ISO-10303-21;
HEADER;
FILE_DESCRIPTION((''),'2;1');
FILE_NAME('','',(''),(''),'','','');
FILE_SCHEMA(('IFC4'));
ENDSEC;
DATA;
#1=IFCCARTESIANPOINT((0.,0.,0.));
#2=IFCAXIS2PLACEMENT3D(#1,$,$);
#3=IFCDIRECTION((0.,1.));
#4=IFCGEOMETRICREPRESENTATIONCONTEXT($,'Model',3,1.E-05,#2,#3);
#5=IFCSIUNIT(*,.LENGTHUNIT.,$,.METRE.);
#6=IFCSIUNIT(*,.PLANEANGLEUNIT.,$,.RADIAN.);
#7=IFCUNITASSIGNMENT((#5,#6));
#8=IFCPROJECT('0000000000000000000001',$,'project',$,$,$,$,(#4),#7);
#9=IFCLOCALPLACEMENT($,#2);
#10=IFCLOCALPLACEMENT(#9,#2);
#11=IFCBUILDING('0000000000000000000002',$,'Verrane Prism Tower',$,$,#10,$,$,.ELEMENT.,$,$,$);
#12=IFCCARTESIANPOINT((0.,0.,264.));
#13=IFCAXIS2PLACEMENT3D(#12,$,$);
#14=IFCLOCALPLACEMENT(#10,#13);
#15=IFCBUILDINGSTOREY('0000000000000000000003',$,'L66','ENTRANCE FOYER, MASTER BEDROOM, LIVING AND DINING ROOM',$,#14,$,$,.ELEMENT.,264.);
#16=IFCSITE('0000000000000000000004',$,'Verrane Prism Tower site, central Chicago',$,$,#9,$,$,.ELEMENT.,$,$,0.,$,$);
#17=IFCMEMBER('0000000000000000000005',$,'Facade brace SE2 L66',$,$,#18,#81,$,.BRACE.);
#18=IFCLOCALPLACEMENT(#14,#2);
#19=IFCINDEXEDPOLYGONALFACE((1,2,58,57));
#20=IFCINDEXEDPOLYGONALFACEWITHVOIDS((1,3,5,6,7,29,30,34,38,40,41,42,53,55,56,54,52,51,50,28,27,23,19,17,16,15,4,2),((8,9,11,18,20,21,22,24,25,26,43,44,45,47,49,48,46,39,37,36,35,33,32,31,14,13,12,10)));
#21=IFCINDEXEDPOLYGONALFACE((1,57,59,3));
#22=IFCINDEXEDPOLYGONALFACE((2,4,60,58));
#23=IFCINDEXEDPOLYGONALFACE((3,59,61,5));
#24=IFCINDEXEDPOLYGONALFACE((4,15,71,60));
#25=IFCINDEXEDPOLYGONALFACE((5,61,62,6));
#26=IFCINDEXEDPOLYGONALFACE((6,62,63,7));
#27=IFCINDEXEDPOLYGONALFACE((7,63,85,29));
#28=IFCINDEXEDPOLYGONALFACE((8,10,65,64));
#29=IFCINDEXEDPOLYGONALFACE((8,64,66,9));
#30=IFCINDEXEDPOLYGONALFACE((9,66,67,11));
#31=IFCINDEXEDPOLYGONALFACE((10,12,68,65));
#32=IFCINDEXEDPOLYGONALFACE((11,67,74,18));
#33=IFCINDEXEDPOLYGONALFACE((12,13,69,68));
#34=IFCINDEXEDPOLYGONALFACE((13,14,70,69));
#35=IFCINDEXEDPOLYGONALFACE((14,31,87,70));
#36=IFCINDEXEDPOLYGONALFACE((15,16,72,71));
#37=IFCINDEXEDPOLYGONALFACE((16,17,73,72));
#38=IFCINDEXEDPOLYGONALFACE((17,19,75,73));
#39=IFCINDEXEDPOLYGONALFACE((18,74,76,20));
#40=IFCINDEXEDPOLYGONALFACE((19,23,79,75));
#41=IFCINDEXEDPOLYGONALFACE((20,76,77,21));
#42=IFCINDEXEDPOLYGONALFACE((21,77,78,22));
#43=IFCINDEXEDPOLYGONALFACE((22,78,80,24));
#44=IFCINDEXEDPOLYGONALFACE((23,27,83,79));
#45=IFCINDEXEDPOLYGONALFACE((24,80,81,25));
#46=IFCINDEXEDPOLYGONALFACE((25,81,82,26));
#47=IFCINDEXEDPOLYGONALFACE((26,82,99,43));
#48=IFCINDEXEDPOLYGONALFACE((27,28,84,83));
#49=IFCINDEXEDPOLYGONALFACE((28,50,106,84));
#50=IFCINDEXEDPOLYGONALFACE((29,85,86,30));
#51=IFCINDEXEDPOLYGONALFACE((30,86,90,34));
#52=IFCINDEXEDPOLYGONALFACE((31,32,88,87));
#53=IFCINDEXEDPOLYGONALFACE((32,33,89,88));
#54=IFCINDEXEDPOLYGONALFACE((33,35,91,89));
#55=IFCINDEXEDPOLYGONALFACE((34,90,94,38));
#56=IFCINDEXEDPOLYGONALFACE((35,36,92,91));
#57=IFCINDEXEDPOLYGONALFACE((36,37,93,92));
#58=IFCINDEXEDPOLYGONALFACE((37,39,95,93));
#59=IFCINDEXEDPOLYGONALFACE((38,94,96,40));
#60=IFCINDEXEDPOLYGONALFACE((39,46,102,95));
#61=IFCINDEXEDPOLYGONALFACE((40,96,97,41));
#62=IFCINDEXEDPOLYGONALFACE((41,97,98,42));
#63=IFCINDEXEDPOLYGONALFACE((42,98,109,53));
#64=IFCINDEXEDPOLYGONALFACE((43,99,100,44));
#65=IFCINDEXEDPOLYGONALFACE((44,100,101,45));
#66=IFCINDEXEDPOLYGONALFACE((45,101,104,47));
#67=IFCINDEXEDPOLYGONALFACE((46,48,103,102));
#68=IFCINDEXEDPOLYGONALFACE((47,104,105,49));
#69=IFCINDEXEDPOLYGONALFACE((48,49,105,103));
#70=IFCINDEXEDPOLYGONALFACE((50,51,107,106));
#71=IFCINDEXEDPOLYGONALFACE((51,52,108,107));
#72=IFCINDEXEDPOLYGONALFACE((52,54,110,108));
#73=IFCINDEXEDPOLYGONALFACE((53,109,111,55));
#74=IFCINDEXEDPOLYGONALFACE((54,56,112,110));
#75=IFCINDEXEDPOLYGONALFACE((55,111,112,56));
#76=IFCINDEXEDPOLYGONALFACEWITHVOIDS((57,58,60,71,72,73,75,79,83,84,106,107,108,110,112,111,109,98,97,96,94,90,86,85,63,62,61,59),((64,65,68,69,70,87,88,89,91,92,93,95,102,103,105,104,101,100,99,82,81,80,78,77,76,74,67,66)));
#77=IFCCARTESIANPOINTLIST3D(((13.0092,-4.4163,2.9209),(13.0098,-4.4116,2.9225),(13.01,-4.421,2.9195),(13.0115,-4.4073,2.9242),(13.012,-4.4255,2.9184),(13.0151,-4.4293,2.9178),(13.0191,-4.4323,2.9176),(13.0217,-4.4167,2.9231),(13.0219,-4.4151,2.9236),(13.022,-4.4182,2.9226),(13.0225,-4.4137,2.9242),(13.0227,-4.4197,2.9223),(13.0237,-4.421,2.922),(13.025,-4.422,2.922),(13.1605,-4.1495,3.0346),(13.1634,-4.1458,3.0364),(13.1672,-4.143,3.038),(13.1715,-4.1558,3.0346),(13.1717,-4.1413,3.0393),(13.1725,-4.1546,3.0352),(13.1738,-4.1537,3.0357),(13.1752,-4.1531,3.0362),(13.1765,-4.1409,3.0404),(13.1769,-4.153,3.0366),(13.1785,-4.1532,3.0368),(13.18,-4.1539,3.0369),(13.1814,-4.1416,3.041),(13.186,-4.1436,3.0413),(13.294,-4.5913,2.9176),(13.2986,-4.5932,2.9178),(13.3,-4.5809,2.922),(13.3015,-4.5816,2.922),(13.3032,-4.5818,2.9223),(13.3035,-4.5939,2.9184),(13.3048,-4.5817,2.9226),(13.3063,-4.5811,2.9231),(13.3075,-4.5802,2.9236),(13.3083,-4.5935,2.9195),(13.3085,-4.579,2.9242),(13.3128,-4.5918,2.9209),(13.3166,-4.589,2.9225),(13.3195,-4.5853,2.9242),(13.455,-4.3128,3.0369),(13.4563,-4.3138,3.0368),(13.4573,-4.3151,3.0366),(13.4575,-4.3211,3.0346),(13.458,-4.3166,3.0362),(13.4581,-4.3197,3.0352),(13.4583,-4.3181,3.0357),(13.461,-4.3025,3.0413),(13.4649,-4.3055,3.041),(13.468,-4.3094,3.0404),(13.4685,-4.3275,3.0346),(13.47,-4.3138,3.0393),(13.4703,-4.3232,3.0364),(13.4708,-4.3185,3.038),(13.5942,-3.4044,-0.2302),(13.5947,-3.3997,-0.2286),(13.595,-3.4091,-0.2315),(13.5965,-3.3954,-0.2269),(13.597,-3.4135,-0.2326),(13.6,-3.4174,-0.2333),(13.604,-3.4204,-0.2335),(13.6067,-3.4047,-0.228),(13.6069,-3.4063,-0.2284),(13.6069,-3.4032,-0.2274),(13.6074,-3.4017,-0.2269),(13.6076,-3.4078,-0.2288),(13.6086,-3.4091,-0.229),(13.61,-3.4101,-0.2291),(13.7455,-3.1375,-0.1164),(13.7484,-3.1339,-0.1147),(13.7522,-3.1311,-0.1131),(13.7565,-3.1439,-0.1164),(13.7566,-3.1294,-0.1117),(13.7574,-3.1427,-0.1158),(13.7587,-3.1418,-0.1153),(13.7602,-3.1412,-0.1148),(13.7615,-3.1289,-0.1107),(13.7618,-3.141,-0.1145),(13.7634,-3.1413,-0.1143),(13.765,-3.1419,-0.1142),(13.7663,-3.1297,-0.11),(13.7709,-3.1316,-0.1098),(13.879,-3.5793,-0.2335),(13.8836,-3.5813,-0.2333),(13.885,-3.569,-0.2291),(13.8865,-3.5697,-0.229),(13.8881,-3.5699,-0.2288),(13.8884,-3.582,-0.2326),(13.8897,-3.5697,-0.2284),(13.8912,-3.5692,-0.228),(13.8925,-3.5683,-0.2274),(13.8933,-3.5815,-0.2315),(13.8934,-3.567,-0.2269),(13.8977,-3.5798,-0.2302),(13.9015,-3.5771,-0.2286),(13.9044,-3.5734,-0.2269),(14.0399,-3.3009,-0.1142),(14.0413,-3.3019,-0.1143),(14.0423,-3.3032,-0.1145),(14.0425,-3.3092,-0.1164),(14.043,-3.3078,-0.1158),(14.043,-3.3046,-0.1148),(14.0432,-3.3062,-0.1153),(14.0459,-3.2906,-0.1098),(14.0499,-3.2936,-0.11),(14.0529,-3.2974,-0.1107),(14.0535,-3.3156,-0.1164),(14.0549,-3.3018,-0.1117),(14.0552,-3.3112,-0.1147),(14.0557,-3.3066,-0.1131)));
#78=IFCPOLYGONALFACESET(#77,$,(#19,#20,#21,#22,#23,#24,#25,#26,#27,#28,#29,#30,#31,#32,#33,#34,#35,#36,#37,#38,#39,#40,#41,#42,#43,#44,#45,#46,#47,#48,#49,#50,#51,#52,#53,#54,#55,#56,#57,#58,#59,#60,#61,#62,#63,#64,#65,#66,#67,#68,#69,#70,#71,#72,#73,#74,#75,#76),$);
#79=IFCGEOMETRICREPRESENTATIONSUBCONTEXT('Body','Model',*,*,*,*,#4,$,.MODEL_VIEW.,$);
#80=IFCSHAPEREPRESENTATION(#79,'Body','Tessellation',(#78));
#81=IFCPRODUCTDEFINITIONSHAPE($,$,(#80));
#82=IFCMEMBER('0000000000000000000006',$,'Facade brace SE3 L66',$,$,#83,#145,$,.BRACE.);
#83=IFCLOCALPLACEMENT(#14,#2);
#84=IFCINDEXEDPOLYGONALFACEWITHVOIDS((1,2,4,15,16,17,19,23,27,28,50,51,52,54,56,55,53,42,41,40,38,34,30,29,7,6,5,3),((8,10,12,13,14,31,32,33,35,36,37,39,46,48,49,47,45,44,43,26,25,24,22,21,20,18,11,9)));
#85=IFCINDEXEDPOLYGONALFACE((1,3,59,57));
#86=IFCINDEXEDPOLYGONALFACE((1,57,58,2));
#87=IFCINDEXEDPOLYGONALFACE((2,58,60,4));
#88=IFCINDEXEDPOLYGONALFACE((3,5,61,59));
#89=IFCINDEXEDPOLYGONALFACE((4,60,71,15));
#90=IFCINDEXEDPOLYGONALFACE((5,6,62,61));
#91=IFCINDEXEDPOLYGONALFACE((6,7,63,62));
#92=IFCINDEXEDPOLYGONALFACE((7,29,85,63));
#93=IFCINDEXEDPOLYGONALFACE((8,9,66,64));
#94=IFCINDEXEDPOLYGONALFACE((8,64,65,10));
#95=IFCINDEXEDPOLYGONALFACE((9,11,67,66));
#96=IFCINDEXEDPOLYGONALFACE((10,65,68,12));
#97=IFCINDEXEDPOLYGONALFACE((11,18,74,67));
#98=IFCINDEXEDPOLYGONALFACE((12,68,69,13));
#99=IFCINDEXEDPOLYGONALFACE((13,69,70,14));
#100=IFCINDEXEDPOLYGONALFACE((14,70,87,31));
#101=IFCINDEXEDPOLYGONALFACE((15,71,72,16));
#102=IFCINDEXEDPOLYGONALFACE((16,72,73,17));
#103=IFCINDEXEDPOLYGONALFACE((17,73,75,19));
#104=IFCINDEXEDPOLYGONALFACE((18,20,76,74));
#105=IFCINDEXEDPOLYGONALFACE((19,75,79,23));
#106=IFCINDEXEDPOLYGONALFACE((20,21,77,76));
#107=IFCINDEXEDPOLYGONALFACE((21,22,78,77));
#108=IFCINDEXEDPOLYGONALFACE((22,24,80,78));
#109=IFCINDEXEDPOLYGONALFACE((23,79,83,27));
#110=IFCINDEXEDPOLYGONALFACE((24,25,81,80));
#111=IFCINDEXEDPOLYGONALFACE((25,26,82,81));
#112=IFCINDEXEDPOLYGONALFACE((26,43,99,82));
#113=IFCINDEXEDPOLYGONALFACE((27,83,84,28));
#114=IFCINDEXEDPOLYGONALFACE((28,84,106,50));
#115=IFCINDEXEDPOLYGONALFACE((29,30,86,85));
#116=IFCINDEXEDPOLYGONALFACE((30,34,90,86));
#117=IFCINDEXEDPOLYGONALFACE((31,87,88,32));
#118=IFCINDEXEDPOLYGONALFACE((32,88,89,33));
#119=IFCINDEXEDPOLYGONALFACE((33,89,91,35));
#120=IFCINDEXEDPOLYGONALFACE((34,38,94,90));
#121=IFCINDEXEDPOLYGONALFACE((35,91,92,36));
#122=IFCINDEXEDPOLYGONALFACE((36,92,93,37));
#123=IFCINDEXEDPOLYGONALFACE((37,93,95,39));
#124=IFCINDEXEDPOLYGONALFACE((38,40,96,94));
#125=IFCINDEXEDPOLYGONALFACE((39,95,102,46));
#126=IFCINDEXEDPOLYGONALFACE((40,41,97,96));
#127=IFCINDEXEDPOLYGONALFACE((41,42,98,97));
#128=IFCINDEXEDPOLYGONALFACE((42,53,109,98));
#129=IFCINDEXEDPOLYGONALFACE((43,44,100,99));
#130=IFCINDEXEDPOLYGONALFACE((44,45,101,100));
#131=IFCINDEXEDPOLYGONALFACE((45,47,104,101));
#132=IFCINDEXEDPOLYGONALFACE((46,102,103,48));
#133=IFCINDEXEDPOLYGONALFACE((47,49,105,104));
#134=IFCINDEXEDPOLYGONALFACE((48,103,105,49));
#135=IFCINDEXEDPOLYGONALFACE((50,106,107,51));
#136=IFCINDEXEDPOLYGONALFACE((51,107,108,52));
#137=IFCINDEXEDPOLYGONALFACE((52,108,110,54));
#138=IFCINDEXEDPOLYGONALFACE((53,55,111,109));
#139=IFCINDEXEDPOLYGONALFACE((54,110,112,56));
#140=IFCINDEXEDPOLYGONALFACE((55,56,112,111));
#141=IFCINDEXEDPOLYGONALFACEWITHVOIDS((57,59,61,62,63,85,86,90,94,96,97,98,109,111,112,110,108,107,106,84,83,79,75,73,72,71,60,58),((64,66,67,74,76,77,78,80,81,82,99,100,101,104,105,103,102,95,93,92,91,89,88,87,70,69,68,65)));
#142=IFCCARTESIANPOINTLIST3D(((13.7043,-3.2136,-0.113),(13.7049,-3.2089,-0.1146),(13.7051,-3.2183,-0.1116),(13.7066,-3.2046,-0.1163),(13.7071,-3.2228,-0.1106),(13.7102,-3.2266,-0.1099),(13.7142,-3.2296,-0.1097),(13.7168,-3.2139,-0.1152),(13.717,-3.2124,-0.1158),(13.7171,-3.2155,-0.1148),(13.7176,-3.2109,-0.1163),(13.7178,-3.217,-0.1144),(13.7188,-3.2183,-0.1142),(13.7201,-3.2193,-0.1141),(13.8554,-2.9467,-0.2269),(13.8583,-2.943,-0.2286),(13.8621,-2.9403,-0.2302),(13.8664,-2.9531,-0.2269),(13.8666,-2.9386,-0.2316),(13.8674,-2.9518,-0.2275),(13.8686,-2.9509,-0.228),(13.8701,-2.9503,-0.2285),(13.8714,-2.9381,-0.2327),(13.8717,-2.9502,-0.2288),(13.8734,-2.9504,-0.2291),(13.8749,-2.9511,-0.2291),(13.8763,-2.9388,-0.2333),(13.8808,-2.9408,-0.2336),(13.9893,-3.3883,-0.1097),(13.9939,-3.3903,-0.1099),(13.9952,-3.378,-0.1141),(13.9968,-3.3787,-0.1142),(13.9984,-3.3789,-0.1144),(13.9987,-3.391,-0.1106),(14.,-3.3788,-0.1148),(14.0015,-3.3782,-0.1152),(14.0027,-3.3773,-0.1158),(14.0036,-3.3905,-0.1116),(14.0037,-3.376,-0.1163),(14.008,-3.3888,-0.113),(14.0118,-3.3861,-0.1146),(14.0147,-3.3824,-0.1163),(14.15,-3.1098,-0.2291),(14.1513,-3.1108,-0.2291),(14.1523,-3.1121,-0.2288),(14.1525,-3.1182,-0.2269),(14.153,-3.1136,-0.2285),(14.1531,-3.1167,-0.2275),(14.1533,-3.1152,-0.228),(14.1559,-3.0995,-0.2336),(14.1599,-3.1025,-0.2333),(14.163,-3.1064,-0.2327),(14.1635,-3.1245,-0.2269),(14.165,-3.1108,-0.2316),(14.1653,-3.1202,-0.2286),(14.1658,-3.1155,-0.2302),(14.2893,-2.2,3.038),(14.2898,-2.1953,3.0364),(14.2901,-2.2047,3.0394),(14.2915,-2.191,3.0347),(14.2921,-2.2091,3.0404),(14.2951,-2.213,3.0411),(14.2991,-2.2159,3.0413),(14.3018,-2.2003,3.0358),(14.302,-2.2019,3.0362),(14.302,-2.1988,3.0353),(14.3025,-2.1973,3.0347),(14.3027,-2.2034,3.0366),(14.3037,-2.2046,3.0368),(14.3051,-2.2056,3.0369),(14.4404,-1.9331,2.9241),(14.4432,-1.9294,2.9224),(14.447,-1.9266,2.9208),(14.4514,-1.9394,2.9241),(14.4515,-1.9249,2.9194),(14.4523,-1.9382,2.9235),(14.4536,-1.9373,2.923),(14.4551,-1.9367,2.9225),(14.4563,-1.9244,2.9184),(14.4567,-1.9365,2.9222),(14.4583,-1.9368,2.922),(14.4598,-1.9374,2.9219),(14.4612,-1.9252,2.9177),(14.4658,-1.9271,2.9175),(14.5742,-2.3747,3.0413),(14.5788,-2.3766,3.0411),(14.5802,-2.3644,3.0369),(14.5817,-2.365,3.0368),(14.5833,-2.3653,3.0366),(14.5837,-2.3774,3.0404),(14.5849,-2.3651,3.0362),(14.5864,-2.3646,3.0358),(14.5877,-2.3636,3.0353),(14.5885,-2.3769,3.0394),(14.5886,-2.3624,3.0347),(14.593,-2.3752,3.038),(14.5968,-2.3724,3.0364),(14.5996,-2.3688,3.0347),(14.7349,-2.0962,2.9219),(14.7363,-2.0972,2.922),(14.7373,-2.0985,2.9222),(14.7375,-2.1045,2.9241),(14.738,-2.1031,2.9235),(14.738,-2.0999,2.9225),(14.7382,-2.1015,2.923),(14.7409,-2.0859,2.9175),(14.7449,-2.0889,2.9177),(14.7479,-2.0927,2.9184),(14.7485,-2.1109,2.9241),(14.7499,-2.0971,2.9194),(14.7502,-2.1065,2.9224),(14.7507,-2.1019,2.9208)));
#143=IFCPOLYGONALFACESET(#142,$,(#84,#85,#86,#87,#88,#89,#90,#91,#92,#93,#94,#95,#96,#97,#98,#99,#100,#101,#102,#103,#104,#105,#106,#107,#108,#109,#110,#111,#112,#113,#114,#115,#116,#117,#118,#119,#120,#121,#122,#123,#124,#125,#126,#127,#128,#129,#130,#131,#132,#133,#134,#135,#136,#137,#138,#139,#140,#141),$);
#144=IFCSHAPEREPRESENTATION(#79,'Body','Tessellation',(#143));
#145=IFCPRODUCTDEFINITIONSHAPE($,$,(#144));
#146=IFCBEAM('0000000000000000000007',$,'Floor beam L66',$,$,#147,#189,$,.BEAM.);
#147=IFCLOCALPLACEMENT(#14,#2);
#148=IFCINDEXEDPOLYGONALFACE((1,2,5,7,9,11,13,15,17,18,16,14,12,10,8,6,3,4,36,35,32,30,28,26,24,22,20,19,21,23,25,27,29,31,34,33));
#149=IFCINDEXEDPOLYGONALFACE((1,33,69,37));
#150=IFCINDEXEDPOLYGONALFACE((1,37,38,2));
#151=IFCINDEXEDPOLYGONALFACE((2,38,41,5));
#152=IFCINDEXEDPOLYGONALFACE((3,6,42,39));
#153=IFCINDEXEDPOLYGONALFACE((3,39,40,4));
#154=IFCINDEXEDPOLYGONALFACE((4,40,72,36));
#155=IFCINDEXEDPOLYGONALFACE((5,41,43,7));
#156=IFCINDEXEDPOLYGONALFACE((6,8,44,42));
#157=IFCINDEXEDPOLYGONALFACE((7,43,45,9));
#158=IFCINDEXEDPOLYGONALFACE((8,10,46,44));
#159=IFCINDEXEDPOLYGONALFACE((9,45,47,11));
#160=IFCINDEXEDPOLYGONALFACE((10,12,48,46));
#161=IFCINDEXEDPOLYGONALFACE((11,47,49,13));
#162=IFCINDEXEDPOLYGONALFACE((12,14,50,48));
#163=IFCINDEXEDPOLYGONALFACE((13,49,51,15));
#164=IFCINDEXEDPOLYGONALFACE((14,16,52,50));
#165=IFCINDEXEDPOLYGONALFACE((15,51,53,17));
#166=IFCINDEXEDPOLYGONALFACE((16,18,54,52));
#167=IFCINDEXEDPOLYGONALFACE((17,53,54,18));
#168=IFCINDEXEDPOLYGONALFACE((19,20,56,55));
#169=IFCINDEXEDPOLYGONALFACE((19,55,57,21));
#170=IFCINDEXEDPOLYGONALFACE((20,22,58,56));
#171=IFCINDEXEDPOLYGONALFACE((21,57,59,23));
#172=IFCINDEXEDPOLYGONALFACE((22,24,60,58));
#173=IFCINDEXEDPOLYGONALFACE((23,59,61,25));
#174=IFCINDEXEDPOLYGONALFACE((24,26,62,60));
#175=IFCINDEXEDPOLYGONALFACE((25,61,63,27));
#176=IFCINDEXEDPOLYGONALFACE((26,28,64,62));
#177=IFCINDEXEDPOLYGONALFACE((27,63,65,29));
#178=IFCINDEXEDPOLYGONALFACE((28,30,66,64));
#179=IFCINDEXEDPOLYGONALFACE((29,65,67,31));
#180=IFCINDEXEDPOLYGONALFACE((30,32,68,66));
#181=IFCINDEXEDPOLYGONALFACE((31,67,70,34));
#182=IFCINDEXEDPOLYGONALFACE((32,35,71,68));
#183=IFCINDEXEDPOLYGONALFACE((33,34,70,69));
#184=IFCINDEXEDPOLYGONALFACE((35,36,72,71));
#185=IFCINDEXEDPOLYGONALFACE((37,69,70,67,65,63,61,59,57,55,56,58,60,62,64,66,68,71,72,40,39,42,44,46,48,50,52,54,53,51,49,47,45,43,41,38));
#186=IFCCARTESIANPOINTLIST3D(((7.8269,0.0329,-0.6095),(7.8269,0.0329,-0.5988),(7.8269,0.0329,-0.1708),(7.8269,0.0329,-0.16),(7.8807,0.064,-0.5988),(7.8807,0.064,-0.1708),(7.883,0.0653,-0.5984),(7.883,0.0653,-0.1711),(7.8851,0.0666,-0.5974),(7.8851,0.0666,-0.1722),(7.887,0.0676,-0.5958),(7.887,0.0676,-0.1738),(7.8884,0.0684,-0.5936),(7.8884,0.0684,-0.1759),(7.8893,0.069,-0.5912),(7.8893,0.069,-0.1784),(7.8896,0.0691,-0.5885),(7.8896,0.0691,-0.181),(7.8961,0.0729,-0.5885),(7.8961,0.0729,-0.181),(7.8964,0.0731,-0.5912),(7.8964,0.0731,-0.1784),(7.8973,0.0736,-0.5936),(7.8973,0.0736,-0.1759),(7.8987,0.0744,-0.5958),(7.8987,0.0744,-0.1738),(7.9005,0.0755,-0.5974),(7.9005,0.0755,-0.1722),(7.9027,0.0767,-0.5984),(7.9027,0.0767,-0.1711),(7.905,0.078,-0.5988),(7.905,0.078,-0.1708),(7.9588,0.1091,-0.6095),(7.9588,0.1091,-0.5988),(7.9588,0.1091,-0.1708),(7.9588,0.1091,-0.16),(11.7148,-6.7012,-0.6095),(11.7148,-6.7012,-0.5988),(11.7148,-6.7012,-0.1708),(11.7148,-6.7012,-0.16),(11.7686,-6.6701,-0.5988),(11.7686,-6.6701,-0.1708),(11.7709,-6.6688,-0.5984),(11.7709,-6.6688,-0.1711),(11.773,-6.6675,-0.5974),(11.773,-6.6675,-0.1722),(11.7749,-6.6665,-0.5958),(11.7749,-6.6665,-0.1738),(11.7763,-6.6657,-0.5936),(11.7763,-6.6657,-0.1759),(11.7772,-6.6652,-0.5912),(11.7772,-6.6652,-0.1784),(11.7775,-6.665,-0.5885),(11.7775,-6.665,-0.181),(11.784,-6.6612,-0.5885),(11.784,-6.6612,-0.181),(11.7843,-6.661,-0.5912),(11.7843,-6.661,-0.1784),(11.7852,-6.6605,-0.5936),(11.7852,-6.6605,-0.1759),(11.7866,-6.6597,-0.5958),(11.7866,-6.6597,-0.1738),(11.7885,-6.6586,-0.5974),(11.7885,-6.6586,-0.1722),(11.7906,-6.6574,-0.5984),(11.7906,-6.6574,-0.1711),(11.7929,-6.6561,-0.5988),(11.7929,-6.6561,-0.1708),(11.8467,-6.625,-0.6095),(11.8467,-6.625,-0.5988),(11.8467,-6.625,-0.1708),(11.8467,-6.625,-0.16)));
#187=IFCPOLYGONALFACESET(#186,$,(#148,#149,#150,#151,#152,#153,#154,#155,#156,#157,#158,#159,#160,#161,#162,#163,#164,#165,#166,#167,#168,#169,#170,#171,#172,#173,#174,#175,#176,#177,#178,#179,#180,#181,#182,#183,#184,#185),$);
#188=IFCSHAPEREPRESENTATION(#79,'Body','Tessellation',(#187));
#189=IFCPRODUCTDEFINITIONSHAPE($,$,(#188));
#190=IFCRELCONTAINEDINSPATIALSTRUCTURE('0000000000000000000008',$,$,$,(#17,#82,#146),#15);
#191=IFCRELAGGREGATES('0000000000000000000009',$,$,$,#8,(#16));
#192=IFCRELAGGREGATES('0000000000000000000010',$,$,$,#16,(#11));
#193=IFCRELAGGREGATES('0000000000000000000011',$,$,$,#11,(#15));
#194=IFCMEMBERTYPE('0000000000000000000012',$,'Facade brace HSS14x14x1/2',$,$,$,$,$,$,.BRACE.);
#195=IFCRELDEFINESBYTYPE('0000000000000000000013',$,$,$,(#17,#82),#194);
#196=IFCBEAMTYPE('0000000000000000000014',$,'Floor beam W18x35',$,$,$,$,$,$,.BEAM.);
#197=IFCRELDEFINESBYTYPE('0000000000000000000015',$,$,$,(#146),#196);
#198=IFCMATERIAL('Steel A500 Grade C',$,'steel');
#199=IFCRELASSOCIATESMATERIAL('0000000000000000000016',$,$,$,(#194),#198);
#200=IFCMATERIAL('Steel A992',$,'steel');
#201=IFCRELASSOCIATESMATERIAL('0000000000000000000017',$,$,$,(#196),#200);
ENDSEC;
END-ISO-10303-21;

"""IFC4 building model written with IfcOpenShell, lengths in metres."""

from ifc_helpers import new_model, si_unit, direction, frame, origin, origin_2d, place, context, subcontext, project, spatial, hollow_rectangle, i_section, extrude, material, material_profile, profile_set, type_object, element, save


model = new_model("IFC4")

# Units and contexts
model_context = context("Model", 3, precision=1e-05, world=origin(), true_north=direction((0.0, 1.0)))
body_context = subcontext(model_context, "Body", "Model", "MODEL_VIEW")
ifc_project = project(units=[si_unit("LENGTHUNIT", "METRE"), si_unit("PLANEANGLEUNIT", "RADIAN")], contexts=[model_context])

# Site, building, storey
site_placement = place(None, origin())
site = spatial("IfcSite", under=ifc_project, at=site_placement, Name="Verrane Prism Tower site, central Chicago", CompositionType="ELEMENT", RefElevation=0.0)
building_placement = place(site_placement, origin())
building = spatial("IfcBuilding", under=site, at=building_placement, Name="Verrane Prism Tower", CompositionType="ELEMENT")
storey_placement = place(building_placement, frame((0.0, 0.0, 264.0)))
storey = spatial("IfcBuildingStorey", under=building, at=storey_placement, Name="L66", Description="ENTRANCE FOYER, MASTER BEDROOM, LIVING AND DINING ROOM", CompositionType="ELEMENT", Elevation=264.0)

# Members
ifc_material_1 = material(Name="Steel A500 Grade C", Category="steel")
ifc_material_profile_1 = material_profile(ifc_material_1, hollow_rectangle(XDim=0.3557, YDim=0.3557, WallThickness=0.0127, InnerFilletRadius=0.0063, OuterFilletRadius=0.019, at=origin_2d()), Name="HSS14x14x1/2")
ifc_profile_set_1 = profile_set([ifc_material_profile_1], Name="Steel A500 Grade C")
member_type_1 = type_object("IfcMemberType", Name="Facade brace HSS14x14x1/2", PredefinedType="BRACE", material=ifc_profile_set_1)
member_1_placement = place(storey_placement, frame((13.825, -3.3555, -0.1716), z_axis=(-0.174048, -0.301096, 0.937576), x_axis=(0.865765, -0.500452, 0.0)))
element("IfcMember", 1, at=member_1_placement, inside=storey, type_object=member_type_1, Name="Facade brace SE2 L66", PredefinedType="BRACE", context=body_context, shape_type="SweptSolid", body=[
    extrude(hollow_rectangle(XDim=0.3557, YDim=0.3557, WallThickness=0.0127, InnerFilletRadius=0.0063, OuterFilletRadius=0.019, at=origin_2d()), origin(), (0.0, 0.0, 1.0), 3.3608),
])
member_2_placement = place(storey_placement, frame((13.9351, -3.1646, -0.1716), z_axis=(0.174021, 0.301559, 0.937432), x_axis=(-0.86613, 0.499819, 0.0)))
element("IfcMember", 2, at=member_2_placement, inside=storey, type_object=member_type_1, Name="Facade brace SE3 L66", PredefinedType="BRACE", context=body_context, shape_type="SweptSolid", body=[
    extrude(hollow_rectangle(XDim=0.3557, YDim=0.3557, WallThickness=0.0127, InnerFilletRadius=0.0063, OuterFilletRadius=0.019, at=origin_2d()), origin(), (0.0, 0.0, 1.0), 3.3613),
])

# Beam
ifc_material_2 = material(Name="Steel A992", Category="steel")
ifc_material_profile_2 = material_profile(ifc_material_2, i_section(OverallWidth=0.1523, OverallDepth=0.4495, WebThickness=0.0076, FlangeThickness=0.0107, FilletRadius=0.0103, at=origin_2d()), Name="W18x35")
ifc_profile_set_2 = profile_set([ifc_material_profile_2], Name="Steel A992")
beam_type_1 = type_object("IfcBeamType", Name="Floor beam W18x35", PredefinedType="BEAM", material=ifc_profile_set_2)
beam_1_placement = place(storey_placement, frame((11.7808, -6.6631, -0.3848), z_axis=(-0.499999, 0.866026, 0.0), x_axis=(-0.866026, -0.499999, 0.0)))
element("IfcBeam", 3, at=beam_1_placement, inside=storey, type_object=beam_type_1, Name="Floor beam L66", PredefinedType="BEAM", context=body_context, shape_type="SweptSolid", body=[
    extrude(i_section(OverallWidth=0.1523, OverallDepth=0.4495, WebThickness=0.0076, FlangeThickness=0.0107, FilletRadius=0.0103, at=origin_2d()), origin(), (0.0, 0.0, 1.0), 7.7759),
])

save(model, "model.ifc")
